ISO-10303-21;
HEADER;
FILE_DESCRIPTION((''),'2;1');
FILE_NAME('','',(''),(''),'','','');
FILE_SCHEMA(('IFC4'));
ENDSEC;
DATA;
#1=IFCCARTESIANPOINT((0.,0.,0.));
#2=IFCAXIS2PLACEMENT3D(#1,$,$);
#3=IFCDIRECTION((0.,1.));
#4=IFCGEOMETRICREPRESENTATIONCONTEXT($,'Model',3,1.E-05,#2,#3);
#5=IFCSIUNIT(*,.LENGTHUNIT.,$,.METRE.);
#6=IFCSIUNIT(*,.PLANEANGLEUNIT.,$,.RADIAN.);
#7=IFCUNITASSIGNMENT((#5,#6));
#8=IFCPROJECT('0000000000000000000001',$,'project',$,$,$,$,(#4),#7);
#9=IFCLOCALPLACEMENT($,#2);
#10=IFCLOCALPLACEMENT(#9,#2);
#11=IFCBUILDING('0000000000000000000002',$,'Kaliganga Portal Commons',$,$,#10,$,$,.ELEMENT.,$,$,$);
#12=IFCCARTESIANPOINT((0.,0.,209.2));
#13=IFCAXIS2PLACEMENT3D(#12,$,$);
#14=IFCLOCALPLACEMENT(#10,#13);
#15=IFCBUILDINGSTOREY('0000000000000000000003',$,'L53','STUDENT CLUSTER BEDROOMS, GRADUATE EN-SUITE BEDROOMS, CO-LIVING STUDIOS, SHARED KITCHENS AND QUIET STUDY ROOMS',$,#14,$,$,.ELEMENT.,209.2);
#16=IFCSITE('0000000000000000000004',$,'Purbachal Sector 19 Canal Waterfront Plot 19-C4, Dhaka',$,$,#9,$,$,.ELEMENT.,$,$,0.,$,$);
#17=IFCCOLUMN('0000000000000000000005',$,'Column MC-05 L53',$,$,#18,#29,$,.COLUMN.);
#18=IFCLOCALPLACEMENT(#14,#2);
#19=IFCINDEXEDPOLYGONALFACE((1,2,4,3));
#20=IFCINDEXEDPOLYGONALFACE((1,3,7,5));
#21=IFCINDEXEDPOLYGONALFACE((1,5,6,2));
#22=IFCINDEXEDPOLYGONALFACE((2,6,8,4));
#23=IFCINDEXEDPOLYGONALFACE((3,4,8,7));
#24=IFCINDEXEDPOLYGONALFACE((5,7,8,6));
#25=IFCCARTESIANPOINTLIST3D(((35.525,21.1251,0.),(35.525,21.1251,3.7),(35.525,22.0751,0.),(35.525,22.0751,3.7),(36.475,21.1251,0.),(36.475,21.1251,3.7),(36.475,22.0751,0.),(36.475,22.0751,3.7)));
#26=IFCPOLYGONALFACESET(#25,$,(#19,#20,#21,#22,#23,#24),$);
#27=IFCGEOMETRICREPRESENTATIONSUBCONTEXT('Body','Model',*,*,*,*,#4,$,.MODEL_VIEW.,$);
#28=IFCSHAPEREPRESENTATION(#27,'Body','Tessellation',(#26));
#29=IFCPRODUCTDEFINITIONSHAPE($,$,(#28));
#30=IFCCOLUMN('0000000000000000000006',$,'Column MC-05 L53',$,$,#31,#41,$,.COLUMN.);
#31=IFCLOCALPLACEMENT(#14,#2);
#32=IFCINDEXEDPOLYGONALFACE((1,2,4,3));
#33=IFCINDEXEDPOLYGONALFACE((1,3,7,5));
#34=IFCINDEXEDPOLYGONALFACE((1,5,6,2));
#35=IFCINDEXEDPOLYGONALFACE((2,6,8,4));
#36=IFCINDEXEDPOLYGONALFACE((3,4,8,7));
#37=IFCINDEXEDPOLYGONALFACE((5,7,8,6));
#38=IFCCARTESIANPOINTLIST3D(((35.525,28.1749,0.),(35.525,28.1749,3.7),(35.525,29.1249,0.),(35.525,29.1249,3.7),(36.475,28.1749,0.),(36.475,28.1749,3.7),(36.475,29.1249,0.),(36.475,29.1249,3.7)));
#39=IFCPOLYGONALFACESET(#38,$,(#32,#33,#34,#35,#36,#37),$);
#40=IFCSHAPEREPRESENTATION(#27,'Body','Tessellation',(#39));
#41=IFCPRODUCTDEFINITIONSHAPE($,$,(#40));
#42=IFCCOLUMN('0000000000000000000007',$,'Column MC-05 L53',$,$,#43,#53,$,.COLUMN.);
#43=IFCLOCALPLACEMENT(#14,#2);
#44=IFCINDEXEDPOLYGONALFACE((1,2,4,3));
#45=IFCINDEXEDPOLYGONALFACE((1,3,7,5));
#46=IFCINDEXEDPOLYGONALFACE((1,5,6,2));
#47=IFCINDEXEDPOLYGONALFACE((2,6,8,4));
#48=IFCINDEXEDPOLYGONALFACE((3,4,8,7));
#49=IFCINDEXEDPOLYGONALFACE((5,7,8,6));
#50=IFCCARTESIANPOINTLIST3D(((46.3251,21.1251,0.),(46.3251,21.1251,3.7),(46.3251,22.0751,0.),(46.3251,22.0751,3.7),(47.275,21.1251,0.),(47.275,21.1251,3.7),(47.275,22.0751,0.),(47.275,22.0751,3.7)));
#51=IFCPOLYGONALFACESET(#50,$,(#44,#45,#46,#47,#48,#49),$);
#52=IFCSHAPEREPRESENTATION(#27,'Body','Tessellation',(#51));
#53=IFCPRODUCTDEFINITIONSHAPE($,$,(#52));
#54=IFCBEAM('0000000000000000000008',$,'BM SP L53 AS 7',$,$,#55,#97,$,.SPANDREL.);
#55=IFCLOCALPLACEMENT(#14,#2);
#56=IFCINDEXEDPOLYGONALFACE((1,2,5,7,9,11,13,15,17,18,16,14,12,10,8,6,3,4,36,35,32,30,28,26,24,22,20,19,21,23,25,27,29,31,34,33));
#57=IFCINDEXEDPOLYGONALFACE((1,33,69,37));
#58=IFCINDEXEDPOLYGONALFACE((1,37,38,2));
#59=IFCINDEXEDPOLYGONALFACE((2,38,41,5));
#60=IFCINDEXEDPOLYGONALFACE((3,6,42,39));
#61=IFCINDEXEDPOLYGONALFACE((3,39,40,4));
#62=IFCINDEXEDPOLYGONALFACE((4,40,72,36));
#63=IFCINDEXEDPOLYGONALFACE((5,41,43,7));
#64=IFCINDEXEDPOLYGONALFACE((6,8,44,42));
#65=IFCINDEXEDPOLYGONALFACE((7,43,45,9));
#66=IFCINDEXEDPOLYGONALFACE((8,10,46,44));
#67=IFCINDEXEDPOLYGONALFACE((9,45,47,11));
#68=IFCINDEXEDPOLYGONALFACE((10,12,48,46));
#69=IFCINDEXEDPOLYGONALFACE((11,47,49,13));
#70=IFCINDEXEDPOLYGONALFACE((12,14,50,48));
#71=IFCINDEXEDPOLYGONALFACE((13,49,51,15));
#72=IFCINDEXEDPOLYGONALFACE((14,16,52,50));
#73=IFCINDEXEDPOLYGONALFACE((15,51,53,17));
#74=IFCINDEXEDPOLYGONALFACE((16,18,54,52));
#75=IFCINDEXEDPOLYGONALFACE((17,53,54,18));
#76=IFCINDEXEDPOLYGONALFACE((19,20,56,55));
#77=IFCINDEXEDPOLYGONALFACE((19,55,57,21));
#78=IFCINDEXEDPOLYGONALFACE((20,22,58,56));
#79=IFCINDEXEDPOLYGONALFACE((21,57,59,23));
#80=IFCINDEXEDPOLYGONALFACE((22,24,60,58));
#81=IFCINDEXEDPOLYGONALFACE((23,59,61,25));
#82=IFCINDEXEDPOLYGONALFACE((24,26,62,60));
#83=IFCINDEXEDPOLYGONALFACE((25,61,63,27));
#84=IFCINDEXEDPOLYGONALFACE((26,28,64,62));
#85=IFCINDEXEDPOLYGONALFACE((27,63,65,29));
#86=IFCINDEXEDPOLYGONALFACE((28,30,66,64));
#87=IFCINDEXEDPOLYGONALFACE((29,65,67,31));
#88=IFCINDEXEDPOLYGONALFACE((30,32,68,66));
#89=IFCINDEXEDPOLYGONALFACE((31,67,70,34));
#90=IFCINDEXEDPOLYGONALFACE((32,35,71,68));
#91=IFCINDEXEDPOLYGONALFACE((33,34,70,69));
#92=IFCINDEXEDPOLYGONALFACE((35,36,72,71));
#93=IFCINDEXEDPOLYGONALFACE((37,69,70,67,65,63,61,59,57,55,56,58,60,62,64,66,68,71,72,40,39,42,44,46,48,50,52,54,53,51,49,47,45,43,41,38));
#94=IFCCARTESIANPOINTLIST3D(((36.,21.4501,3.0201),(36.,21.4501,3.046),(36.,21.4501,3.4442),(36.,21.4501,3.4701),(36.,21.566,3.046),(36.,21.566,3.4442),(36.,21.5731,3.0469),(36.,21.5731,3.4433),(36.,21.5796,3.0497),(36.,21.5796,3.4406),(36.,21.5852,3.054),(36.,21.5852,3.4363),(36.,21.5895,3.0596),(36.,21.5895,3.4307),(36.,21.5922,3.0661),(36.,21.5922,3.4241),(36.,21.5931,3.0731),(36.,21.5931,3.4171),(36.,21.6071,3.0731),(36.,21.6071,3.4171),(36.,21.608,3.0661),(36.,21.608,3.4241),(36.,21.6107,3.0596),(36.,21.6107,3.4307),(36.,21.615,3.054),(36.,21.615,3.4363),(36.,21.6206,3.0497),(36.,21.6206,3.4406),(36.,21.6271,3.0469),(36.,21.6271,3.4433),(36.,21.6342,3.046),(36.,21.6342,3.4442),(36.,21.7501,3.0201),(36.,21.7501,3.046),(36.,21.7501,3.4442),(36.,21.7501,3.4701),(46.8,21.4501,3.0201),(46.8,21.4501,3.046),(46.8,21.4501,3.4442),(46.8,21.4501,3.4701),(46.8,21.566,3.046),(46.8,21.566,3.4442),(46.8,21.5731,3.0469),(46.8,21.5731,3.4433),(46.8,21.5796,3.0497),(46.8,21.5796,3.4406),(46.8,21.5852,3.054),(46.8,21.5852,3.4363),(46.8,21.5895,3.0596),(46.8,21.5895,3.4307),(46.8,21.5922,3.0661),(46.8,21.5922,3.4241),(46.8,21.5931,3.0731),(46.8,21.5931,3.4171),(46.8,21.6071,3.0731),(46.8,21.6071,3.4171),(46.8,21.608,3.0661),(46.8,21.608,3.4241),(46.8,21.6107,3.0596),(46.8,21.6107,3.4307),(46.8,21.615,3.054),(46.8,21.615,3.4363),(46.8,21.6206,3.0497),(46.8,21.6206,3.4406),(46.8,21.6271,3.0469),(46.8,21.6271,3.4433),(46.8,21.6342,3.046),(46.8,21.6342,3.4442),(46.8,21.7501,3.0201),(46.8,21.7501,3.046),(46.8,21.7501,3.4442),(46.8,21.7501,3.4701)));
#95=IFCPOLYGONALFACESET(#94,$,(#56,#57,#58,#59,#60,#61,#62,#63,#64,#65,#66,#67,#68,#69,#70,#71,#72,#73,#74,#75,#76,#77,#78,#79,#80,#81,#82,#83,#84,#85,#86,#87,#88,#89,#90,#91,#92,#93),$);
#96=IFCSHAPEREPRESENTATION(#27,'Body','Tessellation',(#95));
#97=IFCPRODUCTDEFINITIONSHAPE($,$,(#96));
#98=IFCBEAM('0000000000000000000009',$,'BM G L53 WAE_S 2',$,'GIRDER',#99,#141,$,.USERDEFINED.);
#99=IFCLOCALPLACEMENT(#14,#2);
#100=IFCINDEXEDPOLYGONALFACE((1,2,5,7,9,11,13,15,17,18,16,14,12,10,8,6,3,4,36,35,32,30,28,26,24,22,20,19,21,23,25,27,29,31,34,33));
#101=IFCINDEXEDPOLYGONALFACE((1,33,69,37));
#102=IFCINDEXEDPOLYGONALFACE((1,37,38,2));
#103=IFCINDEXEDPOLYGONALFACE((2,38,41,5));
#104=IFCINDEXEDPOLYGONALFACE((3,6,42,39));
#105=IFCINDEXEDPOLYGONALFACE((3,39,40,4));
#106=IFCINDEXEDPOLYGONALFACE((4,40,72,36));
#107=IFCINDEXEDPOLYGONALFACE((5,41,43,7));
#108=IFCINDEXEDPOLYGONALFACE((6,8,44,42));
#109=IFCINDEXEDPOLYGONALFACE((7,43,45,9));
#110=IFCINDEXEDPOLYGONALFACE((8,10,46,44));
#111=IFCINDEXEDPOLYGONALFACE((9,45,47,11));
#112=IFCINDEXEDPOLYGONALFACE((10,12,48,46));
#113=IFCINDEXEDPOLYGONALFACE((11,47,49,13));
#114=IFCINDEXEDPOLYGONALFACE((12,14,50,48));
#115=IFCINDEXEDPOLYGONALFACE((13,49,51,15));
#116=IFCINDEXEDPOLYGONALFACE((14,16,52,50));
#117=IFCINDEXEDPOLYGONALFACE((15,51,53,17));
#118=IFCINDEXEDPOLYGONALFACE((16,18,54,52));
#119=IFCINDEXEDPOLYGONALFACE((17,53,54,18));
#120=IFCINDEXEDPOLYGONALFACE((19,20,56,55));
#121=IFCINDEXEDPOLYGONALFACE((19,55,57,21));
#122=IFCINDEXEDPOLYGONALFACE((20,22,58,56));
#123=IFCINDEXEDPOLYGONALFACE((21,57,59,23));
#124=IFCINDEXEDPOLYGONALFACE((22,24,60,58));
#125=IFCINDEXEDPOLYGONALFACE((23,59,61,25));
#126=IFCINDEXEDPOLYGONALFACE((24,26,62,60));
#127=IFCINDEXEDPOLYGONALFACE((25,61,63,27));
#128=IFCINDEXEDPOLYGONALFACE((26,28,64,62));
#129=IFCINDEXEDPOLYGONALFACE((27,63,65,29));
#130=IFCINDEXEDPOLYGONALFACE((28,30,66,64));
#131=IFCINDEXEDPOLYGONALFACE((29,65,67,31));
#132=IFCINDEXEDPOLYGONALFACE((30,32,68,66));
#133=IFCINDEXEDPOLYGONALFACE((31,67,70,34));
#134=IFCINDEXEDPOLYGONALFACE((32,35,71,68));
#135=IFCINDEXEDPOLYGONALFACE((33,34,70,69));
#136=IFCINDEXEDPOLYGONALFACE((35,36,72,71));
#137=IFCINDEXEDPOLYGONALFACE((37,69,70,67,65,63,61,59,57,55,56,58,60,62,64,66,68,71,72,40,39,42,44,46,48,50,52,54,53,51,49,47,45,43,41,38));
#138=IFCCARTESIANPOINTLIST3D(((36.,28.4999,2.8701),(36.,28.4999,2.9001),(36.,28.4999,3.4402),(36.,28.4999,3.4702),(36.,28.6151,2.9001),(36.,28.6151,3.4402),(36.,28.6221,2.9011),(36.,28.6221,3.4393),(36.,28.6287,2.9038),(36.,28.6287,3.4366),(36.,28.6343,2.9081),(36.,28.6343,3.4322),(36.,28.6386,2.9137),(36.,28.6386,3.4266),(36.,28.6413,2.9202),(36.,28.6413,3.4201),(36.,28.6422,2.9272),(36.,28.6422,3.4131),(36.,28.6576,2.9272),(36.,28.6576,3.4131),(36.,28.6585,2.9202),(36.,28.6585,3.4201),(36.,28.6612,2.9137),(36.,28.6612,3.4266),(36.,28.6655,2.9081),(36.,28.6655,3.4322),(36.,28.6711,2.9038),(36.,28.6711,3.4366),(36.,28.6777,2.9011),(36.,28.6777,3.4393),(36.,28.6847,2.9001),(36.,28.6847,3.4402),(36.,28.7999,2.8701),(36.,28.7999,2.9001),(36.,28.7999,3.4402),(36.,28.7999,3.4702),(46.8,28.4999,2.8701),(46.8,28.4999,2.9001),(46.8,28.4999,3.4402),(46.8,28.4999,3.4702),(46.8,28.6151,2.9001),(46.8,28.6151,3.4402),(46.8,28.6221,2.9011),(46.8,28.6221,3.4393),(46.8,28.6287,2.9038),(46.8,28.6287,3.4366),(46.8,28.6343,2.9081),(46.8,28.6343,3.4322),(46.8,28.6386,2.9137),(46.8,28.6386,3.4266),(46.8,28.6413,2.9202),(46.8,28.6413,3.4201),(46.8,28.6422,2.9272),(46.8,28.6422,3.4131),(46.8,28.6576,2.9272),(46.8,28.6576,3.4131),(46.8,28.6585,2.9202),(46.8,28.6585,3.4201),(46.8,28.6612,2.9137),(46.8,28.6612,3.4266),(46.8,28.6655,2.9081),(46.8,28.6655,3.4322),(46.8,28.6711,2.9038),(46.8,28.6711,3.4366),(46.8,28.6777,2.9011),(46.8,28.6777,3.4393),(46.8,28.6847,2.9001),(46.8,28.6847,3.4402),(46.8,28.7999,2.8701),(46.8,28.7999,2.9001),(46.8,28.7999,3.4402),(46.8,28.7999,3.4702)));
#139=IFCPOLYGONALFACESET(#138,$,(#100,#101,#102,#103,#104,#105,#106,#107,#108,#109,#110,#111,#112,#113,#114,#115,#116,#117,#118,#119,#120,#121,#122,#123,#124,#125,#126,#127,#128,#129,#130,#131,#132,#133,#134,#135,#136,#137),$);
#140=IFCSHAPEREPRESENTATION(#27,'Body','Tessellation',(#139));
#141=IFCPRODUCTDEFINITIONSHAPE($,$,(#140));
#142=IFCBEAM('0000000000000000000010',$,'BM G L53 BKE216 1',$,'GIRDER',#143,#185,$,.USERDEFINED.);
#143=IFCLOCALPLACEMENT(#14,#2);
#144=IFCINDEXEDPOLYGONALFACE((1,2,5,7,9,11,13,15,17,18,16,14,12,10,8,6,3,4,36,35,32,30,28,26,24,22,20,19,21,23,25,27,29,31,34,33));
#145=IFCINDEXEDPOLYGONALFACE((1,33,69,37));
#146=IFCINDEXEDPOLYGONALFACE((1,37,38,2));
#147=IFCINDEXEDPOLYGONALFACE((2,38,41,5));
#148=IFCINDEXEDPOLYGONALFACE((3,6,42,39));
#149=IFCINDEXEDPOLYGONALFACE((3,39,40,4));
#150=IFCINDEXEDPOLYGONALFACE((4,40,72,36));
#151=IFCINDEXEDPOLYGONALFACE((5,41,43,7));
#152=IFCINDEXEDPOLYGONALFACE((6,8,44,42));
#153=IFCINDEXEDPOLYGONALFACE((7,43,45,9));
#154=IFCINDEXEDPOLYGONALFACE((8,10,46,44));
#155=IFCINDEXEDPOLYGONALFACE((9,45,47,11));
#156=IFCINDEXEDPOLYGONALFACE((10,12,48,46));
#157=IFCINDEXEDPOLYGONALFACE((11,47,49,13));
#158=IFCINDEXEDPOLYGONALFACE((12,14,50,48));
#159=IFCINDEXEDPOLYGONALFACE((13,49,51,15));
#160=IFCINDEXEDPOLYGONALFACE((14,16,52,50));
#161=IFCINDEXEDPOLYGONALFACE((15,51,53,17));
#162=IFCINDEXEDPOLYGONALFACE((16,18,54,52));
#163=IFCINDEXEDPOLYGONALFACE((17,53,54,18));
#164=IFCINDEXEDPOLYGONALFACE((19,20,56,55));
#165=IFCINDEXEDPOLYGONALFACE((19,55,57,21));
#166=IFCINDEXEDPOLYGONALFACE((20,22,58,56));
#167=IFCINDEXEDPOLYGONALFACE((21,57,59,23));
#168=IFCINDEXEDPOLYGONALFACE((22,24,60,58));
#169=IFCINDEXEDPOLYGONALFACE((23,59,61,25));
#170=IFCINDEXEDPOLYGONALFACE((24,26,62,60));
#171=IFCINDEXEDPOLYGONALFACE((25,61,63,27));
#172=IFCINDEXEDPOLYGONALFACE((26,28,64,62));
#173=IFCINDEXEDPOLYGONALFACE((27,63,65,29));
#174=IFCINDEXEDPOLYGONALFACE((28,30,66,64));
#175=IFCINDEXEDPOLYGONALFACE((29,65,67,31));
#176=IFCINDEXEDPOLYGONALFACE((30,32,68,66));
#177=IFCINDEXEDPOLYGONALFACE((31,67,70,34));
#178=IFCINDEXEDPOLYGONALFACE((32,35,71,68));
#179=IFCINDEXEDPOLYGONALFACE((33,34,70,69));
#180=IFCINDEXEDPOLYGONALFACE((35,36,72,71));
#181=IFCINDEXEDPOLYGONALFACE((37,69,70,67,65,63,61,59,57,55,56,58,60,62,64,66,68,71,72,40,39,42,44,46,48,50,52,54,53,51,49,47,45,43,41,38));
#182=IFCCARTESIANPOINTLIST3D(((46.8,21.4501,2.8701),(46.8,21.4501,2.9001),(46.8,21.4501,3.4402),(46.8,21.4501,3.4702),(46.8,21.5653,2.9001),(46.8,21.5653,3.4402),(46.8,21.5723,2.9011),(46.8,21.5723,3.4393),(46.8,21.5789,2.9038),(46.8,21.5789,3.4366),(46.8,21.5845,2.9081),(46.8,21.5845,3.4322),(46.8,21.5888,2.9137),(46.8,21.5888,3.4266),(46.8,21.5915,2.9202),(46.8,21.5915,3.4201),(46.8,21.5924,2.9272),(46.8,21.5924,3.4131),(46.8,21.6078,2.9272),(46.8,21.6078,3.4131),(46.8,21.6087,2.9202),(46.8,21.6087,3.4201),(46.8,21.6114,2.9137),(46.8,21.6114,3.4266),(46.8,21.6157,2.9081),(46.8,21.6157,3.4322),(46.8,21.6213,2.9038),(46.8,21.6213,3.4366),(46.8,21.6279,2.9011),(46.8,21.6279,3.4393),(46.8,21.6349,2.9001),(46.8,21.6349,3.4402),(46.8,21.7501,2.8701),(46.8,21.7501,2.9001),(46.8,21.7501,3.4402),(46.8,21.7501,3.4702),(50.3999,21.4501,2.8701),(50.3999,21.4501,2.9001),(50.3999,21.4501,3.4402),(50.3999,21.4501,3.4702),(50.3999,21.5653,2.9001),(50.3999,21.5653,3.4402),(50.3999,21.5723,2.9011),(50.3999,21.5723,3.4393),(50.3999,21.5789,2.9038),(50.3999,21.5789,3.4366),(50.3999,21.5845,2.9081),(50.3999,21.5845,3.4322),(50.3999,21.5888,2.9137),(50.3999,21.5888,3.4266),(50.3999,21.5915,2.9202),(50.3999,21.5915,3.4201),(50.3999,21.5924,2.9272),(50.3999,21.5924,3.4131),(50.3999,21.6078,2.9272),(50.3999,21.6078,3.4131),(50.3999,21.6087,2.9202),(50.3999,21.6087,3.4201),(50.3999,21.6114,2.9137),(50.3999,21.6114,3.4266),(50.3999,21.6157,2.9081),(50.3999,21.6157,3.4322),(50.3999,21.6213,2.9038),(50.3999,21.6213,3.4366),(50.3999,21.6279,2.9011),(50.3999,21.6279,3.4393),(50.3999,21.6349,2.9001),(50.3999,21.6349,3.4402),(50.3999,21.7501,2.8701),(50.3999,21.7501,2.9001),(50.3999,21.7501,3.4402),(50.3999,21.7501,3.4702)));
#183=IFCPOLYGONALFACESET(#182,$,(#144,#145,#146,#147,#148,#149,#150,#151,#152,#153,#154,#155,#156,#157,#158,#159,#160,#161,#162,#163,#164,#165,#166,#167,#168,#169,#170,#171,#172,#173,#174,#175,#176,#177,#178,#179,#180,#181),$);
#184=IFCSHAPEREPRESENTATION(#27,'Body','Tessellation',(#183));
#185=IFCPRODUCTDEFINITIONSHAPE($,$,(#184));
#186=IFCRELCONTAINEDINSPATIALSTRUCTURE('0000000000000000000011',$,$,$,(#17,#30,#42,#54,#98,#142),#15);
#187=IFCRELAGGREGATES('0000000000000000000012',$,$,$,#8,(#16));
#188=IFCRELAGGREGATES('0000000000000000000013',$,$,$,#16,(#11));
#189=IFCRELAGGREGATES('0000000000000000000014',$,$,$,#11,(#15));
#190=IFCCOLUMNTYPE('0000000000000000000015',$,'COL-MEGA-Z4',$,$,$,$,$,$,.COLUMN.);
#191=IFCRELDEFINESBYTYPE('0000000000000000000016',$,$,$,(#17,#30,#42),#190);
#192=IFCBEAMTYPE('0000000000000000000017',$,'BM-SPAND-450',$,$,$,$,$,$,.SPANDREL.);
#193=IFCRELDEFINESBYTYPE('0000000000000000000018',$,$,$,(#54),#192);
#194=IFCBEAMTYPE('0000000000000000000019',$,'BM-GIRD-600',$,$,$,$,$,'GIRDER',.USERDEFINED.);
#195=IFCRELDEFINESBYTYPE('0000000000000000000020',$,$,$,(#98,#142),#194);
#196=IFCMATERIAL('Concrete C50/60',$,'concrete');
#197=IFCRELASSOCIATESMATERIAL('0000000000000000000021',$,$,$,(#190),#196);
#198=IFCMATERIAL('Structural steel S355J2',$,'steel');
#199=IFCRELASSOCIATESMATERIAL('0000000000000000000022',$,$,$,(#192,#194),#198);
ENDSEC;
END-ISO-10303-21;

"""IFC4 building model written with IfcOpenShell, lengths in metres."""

from ifc_helpers import new_model, si_unit, direction, frame, origin, origin_2d, place, context, subcontext, project, spatial, rectangle, i_section, extrude, source, transform, mapped, material, material_profile, profile_set, type_object, element, save


model = new_model("IFC4")

# Units and contexts
model_context = context("Model", 3, precision=1e-05, world=origin(), true_north=direction((0.0, 1.0)))
body_context = subcontext(model_context, "Body", "Model", "MODEL_VIEW")
ifc_project = project(units=[si_unit("LENGTHUNIT", "METRE"), si_unit("PLANEANGLEUNIT", "RADIAN")], contexts=[model_context])

# Site, building, storey
site_placement = place(None, origin())
site = spatial("IfcSite", under=ifc_project, at=site_placement, Name="Purbachal Sector 19 Canal Waterfront Plot 19-C4, Dhaka", CompositionType="ELEMENT", RefElevation=0.0)
building_placement = place(site_placement, origin())
building = spatial("IfcBuilding", under=site, at=building_placement, Name="Kaliganga Portal Commons", CompositionType="ELEMENT")
storey_placement = place(building_placement, frame((0.0, 0.0, 209.2)))
storey = spatial("IfcBuildingStorey", under=building, at=storey_placement, Name="L53", Description="STUDENT CLUSTER BEDROOMS, GRADUATE EN-SUITE BEDROOMS, CO-LIVING STUDIOS, SHARED KITCHENS AND QUIET STUDY ROOMS", CompositionType="ELEMENT", Elevation=209.2)

# Columns
ifc_material_1 = material(Name="Concrete C50/60", Category="concrete")
ifc_material_profile_1 = material_profile(ifc_material_1, rectangle(XDim=0.95, YDim=0.95, at=origin_2d()), Name="RC 950x950")
ifc_profile_set_1 = profile_set([ifc_material_profile_1], Name="Concrete C50/60")
column_type = type_object("IfcColumnType", Name="COL-MEGA-Z4", PredefinedType="COLUMN", material=ifc_profile_set_1)
shared_shape_1 = source(origin(), body_context, "Body", "SweptSolid", [
    extrude(rectangle(XDim=0.95, YDim=0.95, at=origin_2d()), origin(), (0.0, 0.0, 1.0), 3.7),
])
for number, where, z_axis, x_axis, name in (
    (1, (36.0, 21.6001, 0.0), (0.0, 0.0, 1.0), (1.0, 0.0, 0.0), "Column MC-05 L53"),
    (2, (36.0, 28.6499, 0.0), (0.0, 0.0, 1.0), (1.0, 0.0, 0.0), "Column MC-05 L53"),
    (3, (46.8, 21.6001, 0.0), (0.0, 0.0, 1.0), (1.0, 0.0, 0.0), "Column MC-05 L53"),
):
    element("IfcColumn", number, at=place(storey_placement, frame(where, z_axis=z_axis, x_axis=x_axis)), inside=storey, type_object=column_type, Name=name, PredefinedType="COLUMN", context=body_context, shape_type="MappedRepresentation", body=[
        mapped(shared_shape_1, transform((0.0, 0.0, 0.0), x_axis=(1.0, 0.0, 0.0), y_axis=(0.0, 1.0, 0.0), z_axis=(0.0, 0.0, 1.0), scale=1.0)),
    ])

# Beams
ifc_material_2 = material(Name="Structural steel S355J2", Category="steel")
ifc_material_profile_2 = material_profile(ifc_material_2, i_section(OverallWidth=0.3, OverallDepth=0.45, WebThickness=0.0139, FlangeThickness=0.0259, FilletRadius=0.0271, at=origin_2d()), Name="HE 450 B")
ifc_profile_set_2 = profile_set([ifc_material_profile_2], Name="Structural steel S355J2 wide-flange")
beam_type_1 = type_object("IfcBeamType", Name="BM-SPAND-450", PredefinedType="SPANDREL", material=ifc_profile_set_2)
shared_shape_2 = source(origin(), body_context, "Body", "SweptSolid", [
    extrude(i_section(OverallWidth=0.3, OverallDepth=0.45, WebThickness=0.0139, FlangeThickness=0.0259, FilletRadius=0.0271, at=origin_2d()), origin(), (0.0, 0.0, 1.0), 10.8),
])
beam_1_placement = place(storey_placement, frame((36.0, 21.6001, 3.2451), z_axis=(1.0, 0.0, 0.0), x_axis=(0.0, 1.0, 0.0)))
element("IfcBeam", 4, at=beam_1_placement, inside=storey, type_object=beam_type_1, Name="BM SP L53 AS 7", PredefinedType="SPANDREL", context=body_context, shape_type="MappedRepresentation", body=[
    mapped(shared_shape_2, transform((0.0, 0.0, 0.0), x_axis=(1.0, 0.0, 0.0), y_axis=(0.0, 1.0, 0.0), z_axis=(0.0, 0.0, 1.0), scale=1.0)),
])
ifc_material_profile_3 = material_profile(ifc_material_2, i_section(OverallWidth=0.3, OverallDepth=0.6001, WebThickness=0.0154, FlangeThickness=0.03, FilletRadius=0.0271, at=origin_2d()), Name="HE 600 B")
ifc_profile_set_3 = profile_set([ifc_material_profile_3], Name="Structural steel S355J2 wide-flange")
beam_type_2 = type_object("IfcBeamType", Name="BM-GIRD-600", ElementType="GIRDER", PredefinedType="USERDEFINED", material=ifc_profile_set_3)
shared_shape_3 = source(origin(), body_context, "Body", "SweptSolid", [
    extrude(i_section(OverallWidth=0.3, OverallDepth=0.6001, WebThickness=0.0154, FlangeThickness=0.03, FilletRadius=0.0271, at=origin_2d()), origin(), (0.0, 0.0, 1.0), 10.8),
])
beam_2_placement = place(storey_placement, frame((36.0, 28.6499, 3.1702), z_axis=(1.0, 0.0, 0.0), x_axis=(0.0, 1.0, 0.0)))
element("IfcBeam", 5, at=beam_2_placement, inside=storey, type_object=beam_type_2, Name="BM G L53 WAE_S 2", ObjectType="GIRDER", PredefinedType="USERDEFINED", context=body_context, shape_type="MappedRepresentation", body=[
    mapped(shared_shape_3, transform((0.0, 0.0, 0.0), x_axis=(1.0, 0.0, 0.0), y_axis=(0.0, 1.0, 0.0), z_axis=(0.0, 0.0, 1.0), scale=1.0)),
])
shared_shape_4 = source(origin(), body_context, "Body", "SweptSolid", [
    extrude(i_section(OverallWidth=0.3, OverallDepth=0.6001, WebThickness=0.0154, FlangeThickness=0.03, FilletRadius=0.0271, at=origin_2d()), origin(), (0.0, 0.0, 1.0), 3.5999),
])
beam_3_placement = place(storey_placement, frame((46.8, 21.6001, 3.1702), z_axis=(1.0, 0.0, 0.0), x_axis=(0.0, 1.0, 0.0)))
element("IfcBeam", 6, at=beam_3_placement, inside=storey, type_object=beam_type_2, Name="BM G L53 BKE216 1", ObjectType="GIRDER", PredefinedType="USERDEFINED", context=body_context, shape_type="MappedRepresentation", body=[
    mapped(shared_shape_4, transform((0.0, 0.0, 0.0), x_axis=(1.0, 0.0, 0.0), y_axis=(0.0, 1.0, 0.0), z_axis=(0.0, 0.0, 1.0), scale=1.0)),
])

save(model, "model.ifc")
